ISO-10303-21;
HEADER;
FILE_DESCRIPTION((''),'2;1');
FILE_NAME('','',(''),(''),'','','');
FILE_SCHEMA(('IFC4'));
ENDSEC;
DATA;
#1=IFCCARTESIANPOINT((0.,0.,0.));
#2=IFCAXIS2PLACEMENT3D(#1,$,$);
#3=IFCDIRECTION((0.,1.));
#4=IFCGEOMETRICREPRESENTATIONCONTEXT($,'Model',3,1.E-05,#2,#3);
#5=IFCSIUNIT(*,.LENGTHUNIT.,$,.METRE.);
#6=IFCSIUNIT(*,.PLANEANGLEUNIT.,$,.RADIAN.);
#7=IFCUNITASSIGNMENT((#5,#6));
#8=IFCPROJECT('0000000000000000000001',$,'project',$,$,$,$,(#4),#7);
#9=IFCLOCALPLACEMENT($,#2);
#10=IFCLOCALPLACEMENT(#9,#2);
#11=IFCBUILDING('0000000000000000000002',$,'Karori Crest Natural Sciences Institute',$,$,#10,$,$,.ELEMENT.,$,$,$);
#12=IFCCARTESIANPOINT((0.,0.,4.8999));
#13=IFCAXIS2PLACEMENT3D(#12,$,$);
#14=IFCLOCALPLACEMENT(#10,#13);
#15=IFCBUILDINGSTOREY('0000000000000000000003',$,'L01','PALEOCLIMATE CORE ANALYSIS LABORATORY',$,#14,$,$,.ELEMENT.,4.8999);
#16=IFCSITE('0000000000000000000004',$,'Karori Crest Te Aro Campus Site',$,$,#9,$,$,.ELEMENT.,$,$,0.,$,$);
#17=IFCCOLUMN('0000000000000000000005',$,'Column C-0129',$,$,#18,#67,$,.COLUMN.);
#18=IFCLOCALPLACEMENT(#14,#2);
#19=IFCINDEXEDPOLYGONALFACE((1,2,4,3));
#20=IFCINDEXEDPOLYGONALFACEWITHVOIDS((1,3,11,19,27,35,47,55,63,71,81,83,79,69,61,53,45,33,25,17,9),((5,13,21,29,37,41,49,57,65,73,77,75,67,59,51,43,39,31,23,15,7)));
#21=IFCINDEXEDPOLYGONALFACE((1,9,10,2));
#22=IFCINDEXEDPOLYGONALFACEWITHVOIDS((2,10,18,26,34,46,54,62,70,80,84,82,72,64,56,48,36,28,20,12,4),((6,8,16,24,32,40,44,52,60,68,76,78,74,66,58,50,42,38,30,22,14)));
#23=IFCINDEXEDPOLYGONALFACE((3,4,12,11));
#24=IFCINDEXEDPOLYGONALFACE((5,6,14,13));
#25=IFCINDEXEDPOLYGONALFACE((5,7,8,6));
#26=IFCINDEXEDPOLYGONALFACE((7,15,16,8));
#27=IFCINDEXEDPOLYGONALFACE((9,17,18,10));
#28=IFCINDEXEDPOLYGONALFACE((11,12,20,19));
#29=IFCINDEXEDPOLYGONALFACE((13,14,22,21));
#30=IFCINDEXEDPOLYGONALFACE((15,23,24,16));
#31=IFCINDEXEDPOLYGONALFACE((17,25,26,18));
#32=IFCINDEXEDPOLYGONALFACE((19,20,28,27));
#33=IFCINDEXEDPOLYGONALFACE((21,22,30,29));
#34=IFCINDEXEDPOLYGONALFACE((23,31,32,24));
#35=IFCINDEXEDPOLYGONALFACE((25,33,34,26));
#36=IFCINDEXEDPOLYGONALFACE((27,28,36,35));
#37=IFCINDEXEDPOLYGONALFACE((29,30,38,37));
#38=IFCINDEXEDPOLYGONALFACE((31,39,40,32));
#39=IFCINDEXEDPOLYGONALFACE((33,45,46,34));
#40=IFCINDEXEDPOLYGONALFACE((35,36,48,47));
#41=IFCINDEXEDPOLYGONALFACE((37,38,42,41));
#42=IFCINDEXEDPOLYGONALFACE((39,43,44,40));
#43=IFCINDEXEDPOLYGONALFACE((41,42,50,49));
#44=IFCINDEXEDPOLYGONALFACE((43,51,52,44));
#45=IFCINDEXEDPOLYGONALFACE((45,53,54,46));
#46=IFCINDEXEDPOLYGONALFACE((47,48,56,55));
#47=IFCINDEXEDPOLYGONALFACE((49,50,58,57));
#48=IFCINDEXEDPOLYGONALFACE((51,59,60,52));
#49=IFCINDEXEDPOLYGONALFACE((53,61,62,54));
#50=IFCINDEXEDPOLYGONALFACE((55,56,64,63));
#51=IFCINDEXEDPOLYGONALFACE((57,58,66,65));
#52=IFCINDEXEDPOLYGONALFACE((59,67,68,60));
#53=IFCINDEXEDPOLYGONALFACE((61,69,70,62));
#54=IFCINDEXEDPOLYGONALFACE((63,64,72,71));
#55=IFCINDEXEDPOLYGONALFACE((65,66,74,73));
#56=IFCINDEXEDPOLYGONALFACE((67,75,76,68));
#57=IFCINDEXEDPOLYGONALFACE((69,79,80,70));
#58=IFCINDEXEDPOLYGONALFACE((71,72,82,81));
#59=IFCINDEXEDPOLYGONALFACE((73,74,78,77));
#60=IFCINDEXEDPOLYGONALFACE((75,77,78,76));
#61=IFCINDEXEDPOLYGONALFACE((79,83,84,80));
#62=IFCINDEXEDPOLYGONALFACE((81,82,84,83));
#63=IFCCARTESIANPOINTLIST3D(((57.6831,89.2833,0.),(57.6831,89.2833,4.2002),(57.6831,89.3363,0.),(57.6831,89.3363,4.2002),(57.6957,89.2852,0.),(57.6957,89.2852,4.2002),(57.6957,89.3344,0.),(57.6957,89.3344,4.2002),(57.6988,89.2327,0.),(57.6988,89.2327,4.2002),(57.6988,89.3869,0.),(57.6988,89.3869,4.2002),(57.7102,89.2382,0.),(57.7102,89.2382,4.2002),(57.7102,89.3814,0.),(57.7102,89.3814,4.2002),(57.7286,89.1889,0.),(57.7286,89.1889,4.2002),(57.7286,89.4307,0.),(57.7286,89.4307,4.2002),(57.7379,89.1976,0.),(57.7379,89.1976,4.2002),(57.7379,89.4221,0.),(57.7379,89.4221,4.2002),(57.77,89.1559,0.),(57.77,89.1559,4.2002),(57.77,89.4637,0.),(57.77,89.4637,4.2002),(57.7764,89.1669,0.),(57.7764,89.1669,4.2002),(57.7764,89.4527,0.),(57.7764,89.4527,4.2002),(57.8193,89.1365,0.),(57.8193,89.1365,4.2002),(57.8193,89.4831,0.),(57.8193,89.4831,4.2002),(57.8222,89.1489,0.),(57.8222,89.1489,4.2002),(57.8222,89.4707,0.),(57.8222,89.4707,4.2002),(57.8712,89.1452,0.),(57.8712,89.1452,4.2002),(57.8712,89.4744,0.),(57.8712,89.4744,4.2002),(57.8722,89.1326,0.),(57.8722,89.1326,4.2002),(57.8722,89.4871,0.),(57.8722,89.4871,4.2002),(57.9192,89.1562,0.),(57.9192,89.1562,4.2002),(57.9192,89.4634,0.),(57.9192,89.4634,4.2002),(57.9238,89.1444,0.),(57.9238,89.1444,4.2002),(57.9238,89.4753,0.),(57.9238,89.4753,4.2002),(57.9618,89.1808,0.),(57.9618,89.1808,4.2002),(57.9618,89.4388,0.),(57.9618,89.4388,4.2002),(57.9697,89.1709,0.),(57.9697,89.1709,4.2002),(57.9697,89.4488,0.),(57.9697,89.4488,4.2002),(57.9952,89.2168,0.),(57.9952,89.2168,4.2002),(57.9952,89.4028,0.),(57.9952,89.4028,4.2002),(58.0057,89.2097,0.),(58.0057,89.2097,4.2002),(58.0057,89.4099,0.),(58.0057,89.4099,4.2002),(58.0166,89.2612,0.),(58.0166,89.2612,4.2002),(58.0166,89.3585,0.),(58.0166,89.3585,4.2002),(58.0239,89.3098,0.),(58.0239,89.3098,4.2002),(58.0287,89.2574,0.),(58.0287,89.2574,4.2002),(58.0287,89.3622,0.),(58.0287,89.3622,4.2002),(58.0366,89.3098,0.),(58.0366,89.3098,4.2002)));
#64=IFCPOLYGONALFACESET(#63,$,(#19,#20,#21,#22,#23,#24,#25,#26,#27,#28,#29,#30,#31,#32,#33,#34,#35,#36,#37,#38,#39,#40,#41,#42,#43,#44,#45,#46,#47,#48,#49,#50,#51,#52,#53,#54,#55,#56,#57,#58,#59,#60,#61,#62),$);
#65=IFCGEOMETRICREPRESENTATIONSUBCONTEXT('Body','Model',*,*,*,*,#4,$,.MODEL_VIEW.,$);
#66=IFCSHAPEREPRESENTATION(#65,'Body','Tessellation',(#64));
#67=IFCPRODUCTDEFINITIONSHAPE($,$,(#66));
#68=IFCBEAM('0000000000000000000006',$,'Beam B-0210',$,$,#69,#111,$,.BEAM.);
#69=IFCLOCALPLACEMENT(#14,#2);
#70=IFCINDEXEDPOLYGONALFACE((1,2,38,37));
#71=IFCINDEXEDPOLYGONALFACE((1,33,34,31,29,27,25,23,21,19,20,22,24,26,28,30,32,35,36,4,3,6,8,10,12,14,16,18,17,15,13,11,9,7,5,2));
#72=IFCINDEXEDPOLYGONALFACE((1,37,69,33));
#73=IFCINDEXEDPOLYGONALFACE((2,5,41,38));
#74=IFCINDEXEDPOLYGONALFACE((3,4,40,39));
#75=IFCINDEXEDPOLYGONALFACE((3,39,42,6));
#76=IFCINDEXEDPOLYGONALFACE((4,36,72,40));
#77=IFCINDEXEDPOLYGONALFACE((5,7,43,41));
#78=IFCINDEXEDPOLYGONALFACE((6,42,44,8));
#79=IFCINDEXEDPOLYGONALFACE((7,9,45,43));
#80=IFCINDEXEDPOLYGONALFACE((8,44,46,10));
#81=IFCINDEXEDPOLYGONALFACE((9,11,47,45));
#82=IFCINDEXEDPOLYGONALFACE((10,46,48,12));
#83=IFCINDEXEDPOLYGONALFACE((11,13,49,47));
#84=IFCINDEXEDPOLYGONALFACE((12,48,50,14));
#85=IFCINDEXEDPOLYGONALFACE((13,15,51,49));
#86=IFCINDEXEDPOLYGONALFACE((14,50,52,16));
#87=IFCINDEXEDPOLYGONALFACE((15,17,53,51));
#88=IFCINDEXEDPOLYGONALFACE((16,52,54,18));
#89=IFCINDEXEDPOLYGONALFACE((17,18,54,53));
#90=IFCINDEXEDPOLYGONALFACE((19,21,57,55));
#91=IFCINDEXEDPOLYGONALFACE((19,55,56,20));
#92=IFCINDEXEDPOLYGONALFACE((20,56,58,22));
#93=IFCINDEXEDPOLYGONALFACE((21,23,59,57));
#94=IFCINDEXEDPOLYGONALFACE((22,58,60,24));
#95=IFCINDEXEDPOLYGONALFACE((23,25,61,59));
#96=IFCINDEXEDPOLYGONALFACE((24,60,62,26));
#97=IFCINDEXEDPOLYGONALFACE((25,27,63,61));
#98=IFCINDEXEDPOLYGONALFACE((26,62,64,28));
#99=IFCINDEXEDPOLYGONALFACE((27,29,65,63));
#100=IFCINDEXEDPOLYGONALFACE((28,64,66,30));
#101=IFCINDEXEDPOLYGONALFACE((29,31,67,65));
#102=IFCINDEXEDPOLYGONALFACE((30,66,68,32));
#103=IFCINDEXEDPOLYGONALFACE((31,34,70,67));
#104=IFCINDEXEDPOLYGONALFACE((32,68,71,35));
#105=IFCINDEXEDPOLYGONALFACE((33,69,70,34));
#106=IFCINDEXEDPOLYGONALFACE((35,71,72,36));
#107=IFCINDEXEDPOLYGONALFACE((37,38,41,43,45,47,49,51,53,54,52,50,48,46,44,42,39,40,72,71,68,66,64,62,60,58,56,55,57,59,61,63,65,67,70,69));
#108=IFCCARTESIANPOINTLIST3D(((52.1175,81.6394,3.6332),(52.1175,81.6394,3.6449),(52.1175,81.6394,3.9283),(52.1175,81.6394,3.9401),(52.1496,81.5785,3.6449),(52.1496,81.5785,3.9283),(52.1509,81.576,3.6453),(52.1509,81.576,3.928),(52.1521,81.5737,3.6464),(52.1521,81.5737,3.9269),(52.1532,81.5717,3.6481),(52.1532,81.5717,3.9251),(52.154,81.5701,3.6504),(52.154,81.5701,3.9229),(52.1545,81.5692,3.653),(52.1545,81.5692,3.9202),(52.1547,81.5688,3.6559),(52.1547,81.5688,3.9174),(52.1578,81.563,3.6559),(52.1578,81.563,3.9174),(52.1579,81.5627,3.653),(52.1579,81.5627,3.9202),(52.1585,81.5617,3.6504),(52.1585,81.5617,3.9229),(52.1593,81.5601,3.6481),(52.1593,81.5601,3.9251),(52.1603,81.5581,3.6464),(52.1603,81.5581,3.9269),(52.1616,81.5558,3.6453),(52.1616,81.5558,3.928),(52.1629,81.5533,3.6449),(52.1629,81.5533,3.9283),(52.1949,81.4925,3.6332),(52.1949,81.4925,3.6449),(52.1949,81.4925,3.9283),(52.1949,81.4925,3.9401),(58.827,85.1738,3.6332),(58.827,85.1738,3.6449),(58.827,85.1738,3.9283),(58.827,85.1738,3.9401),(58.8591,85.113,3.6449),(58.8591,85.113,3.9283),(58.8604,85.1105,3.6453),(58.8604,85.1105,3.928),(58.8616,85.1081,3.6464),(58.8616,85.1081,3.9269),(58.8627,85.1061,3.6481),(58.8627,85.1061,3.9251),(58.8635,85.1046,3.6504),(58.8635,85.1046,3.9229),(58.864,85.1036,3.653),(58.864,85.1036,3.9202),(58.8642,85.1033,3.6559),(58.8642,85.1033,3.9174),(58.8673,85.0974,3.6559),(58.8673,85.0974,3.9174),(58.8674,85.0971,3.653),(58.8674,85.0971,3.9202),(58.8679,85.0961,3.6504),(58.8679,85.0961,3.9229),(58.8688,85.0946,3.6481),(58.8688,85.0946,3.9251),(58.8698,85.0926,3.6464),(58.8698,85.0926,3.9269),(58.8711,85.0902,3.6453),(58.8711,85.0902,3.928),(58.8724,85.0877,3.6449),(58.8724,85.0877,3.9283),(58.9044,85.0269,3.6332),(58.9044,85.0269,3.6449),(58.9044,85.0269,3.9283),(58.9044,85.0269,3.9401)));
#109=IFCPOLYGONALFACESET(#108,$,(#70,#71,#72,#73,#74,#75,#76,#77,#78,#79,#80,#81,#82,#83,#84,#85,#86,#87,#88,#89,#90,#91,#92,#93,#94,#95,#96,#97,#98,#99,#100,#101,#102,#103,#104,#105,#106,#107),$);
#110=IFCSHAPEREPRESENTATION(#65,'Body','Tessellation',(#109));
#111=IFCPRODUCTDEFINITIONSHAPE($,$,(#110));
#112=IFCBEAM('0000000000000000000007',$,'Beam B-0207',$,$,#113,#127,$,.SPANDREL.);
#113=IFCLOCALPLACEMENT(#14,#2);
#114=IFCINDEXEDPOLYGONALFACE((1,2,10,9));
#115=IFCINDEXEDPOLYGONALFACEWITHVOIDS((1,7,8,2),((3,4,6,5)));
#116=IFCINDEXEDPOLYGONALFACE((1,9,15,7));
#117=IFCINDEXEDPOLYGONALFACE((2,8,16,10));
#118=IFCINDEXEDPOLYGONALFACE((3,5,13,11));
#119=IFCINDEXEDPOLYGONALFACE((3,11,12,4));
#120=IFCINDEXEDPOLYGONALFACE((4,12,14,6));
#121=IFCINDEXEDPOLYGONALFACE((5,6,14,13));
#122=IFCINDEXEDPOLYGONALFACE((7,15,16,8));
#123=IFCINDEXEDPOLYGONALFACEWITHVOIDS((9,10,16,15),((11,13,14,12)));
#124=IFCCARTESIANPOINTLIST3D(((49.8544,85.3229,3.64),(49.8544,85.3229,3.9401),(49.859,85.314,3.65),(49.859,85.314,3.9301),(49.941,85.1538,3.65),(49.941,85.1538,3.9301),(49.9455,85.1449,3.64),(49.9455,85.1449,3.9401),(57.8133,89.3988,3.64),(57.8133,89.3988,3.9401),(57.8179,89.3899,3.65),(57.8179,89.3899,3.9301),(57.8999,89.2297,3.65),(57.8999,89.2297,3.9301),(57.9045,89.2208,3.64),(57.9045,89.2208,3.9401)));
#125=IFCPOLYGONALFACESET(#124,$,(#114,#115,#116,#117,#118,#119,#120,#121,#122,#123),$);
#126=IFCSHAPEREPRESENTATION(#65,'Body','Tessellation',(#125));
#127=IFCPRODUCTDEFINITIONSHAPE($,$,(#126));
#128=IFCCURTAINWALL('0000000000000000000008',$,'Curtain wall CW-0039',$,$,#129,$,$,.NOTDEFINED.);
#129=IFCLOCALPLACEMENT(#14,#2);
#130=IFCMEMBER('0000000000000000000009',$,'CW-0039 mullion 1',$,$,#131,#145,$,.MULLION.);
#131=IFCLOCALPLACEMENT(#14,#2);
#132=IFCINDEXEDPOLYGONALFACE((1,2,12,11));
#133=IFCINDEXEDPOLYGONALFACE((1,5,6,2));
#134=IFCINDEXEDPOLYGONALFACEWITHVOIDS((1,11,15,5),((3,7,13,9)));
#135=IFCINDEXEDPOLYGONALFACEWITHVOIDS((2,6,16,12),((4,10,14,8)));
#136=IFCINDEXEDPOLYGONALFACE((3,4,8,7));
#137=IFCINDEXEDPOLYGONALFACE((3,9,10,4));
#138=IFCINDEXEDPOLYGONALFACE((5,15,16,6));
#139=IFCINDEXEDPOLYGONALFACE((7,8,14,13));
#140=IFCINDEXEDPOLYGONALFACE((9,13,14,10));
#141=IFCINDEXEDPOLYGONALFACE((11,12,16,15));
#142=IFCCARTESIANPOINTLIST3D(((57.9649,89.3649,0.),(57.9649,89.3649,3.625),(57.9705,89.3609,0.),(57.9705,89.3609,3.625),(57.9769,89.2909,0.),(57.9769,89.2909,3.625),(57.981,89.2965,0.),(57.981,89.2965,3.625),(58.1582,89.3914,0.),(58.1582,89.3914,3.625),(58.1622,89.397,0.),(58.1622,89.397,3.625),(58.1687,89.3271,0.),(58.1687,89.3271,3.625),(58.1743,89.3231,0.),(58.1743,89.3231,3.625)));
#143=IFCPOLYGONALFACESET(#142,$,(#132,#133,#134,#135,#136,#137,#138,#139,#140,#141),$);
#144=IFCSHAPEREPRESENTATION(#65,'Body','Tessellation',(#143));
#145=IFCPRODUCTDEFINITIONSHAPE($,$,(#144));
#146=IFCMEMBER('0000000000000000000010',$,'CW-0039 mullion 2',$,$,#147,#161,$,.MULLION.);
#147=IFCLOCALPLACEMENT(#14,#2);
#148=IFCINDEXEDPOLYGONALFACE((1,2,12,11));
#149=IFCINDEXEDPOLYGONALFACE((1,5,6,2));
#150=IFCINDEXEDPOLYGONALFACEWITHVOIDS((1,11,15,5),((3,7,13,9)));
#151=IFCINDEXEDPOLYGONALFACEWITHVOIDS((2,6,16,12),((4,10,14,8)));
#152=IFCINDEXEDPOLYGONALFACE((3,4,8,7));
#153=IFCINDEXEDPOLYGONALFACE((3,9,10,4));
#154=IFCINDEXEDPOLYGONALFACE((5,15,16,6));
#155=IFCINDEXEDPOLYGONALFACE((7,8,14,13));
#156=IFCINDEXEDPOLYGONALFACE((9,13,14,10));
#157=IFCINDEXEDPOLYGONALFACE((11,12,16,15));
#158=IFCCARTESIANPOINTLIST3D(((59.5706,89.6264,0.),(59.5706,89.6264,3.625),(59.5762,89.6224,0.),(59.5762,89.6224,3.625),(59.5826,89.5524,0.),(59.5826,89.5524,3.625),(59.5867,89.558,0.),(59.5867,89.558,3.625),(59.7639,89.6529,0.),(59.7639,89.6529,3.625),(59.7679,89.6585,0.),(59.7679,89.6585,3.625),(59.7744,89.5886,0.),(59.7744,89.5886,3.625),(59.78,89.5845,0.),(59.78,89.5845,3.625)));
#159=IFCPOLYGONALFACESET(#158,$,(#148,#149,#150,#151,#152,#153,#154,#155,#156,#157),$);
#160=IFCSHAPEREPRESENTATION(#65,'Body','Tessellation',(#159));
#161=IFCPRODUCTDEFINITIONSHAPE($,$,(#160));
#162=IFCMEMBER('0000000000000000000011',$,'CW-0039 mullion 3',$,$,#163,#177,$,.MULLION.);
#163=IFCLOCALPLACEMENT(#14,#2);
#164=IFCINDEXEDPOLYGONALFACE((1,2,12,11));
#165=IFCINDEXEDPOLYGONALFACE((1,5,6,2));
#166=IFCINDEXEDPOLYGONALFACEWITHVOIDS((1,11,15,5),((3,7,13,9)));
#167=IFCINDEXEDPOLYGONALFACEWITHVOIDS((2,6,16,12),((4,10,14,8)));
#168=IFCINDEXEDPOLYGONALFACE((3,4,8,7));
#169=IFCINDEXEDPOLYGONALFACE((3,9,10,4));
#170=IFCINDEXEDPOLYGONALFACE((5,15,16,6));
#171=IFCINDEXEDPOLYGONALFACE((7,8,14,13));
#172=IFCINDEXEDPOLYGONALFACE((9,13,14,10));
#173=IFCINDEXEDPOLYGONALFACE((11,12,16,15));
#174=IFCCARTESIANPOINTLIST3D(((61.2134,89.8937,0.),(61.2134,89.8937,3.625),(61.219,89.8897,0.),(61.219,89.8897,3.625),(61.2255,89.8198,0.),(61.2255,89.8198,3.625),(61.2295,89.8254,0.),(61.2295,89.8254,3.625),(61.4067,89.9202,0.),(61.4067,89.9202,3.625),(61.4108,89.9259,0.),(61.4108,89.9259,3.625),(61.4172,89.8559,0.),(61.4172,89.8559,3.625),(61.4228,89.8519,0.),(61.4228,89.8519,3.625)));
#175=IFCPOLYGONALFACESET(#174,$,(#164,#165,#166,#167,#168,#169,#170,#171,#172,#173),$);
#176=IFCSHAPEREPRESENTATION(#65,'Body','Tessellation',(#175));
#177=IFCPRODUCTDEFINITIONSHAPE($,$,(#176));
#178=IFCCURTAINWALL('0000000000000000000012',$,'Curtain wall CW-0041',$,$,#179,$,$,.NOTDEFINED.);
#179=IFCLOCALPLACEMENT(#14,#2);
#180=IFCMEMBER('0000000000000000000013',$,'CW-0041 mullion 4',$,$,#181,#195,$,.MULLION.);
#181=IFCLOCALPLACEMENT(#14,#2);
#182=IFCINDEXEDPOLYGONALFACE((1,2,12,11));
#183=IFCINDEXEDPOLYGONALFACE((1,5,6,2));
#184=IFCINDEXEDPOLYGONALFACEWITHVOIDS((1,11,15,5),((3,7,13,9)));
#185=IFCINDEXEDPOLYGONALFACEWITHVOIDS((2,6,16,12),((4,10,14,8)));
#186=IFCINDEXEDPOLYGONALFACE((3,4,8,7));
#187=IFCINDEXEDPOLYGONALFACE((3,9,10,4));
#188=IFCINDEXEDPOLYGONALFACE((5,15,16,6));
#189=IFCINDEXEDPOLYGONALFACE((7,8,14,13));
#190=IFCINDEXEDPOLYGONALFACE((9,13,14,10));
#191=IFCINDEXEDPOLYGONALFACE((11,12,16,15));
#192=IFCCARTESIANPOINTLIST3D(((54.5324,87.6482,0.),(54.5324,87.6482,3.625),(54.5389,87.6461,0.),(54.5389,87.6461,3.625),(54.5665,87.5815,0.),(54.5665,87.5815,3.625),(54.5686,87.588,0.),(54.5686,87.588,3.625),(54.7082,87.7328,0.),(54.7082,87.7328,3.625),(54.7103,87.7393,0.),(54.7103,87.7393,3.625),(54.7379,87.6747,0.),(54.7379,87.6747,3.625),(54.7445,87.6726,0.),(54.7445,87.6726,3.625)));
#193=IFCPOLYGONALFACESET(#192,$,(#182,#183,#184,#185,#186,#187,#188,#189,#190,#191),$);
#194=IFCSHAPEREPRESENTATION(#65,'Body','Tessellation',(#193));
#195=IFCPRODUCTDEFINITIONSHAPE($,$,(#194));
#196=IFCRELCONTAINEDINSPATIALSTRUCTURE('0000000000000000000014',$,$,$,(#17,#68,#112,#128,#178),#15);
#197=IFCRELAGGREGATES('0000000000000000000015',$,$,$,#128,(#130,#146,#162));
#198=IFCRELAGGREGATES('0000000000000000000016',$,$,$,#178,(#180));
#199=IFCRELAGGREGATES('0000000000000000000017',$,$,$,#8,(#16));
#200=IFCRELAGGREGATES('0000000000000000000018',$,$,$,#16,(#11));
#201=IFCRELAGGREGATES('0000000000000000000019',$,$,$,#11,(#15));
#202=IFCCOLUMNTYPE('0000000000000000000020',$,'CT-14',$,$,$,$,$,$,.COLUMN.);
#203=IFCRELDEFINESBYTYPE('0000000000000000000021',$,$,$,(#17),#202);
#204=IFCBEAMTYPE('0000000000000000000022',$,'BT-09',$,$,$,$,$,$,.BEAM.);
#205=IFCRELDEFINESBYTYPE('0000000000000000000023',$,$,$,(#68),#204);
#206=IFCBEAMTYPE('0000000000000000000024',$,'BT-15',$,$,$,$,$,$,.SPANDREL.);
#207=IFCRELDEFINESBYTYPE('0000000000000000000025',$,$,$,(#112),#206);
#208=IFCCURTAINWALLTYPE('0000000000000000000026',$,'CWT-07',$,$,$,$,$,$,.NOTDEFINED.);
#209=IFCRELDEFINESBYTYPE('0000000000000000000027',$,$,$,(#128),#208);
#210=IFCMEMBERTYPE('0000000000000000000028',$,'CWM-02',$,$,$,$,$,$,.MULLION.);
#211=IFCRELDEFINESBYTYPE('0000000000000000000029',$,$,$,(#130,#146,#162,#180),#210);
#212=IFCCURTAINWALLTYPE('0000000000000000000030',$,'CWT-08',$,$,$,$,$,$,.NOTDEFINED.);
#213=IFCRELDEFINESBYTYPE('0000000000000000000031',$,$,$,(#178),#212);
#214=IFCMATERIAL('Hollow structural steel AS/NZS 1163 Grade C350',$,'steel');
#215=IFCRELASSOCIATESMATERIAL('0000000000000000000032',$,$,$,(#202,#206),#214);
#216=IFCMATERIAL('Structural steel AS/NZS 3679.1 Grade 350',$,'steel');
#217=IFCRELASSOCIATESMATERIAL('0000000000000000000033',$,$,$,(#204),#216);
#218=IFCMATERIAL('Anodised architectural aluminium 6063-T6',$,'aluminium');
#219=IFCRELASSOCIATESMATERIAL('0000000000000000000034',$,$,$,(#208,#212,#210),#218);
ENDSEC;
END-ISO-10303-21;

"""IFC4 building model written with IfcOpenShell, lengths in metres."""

from ifc_helpers import new_model, si_unit, direction, frame, origin, origin_2d, place, context, subcontext, project, spatial, hollow_rectangle, hollow_circle, i_section, extrude, material, material_profile, profile_set, type_object, element, aggregate, save


model = new_model("IFC4")

# Units and contexts
model_context = context("Model", 3, precision=1e-05, world=origin(), true_north=direction((0.0, 1.0)))
body_context = subcontext(model_context, "Body", "Model", "MODEL_VIEW")
ifc_project = project(units=[si_unit("LENGTHUNIT", "METRE"), si_unit("PLANEANGLEUNIT", "RADIAN")], contexts=[model_context])

# Site, building, storey
site_placement = place(None, origin())
site = spatial("IfcSite", under=ifc_project, at=site_placement, Name="Karori Crest Te Aro Campus Site", CompositionType="ELEMENT", RefElevation=0.0)
building_placement = place(site_placement, origin())
building = spatial("IfcBuilding", under=site, at=building_placement, Name="Karori Crest Natural Sciences Institute", CompositionType="ELEMENT")
storey_placement = place(building_placement, frame((0.0, 0.0, 4.8999)))
storey = spatial("IfcBuildingStorey", under=building, at=storey_placement, Name="L01", Description="PALEOCLIMATE CORE ANALYSIS LABORATORY", CompositionType="ELEMENT", Elevation=4.8999)

# Column
ifc_material_1 = material(Name="Hollow structural steel AS/NZS 1163 Grade C350", Category="steel")
ifc_material_profile_1 = material_profile(ifc_material_1, hollow_circle(Radius=0.1777, WallThickness=0.0127, at=origin_2d()), Name="CHS355.6x12.7")
ifc_profile_set_1 = profile_set([ifc_material_profile_1], Name="Hollow structural steel AS/NZS 1163 Grade C350")
column_type = type_object("IfcColumnType", Name="CT-14", PredefinedType="COLUMN", material=ifc_profile_set_1)
column_placement = place(storey_placement, frame((57.8589, 89.3098, 0.0), z_axis=(0.0, 0.0, 1.0), x_axis=(1.0, 0.0, 0.0)))
element("IfcColumn", 1, at=column_placement, inside=storey, type_object=column_type, Name="Column C-0129", PredefinedType="COLUMN", context=body_context, shape_type="SweptSolid", body=[
    extrude(hollow_circle(Radius=0.1777, WallThickness=0.0127, at=origin_2d()), origin(), (0.0, 0.0, 1.0), 4.2002),
])

# Beams
ifc_material_2 = material(Name="Structural steel AS/NZS 3679.1 Grade 350", Category="steel")
ifc_material_profile_2 = material_profile(ifc_material_2, i_section(OverallWidth=0.166, OverallDepth=0.3069, WebThickness=0.0066, FlangeThickness=0.0117, FilletRadius=0.011, at=origin_2d()), Name="310UB46.2")
ifc_profile_set_2 = profile_set([ifc_material_profile_2], Name="Structural steel AS/NZS 3679.1 Grade 350")
beam_type_1 = type_object("IfcBeamType", Name="BT-09", PredefinedType="BEAM", material=ifc_profile_set_2)
beam_1_placement = place(storey_placement, frame((58.8657, 85.1003, 3.7866), z_axis=(-0.884748, -0.466069, 0.0), x_axis=(0.466069, -0.884748, 0.0)))
element("IfcBeam", 2, at=beam_1_placement, inside=storey, type_object=beam_type_1, Name="Beam B-0210", PredefinedType="BEAM", context=body_context, shape_type="SweptSolid", body=[
    extrude(i_section(OverallWidth=0.166, OverallDepth=0.3069, WebThickness=0.0066, FlangeThickness=0.0117, FilletRadius=0.011, at=origin_2d()), origin(), (0.0, 0.0, 1.0), 7.5835),
])
ifc_material_profile_3 = material_profile(ifc_material_1, hollow_rectangle(XDim=0.2, YDim=0.3, WallThickness=0.01, at=origin_2d()), Name="RHS300x200x10")
ifc_profile_set_3 = profile_set([ifc_material_profile_3], Name="Hollow structural steel AS/NZS 1163 Grade C350")
beam_type_2 = type_object("IfcBeamType", Name="BT-15", PredefinedType="SPANDREL", material=ifc_profile_set_3)
beam_2_placement = place(storey_placement, frame((57.8589, 89.3098, 3.79), z_axis=(-0.890072, -0.45582, 0.0), x_axis=(0.45582, -0.890072, 0.0)))
element("IfcBeam", 3, at=beam_2_placement, inside=storey, type_object=beam_type_2, Name="Beam B-0207", PredefinedType="SPANDREL", context=body_context, shape_type="SweptSolid", body=[
    extrude(hollow_rectangle(XDim=0.2, YDim=0.3, WallThickness=0.01, at=origin_2d()), origin(), (0.0, 0.0, 1.0), 8.9419),
])

# Curtain walls, members
ifc_material_3 = material(Name="Anodised architectural aluminium 6063-T6", Category="aluminium")
curtain_wall_type_1 = type_object("IfcCurtainWallType", Name="CWT-07", PredefinedType="NOTDEFINED", material=ifc_material_3)
curtain_wall_1_placement = place(storey_placement, origin())
curtain_wall_1 = element("IfcCurtainWall", 4, at=curtain_wall_1_placement, inside=storey, type_object=curtain_wall_type_1, Name="Curtain wall CW-0039", PredefinedType="NOTDEFINED")
ifc_material_profile_4 = material_profile(ifc_material_3, hollow_rectangle(XDim=0.075, YDim=0.2, WallThickness=0.0049, at=origin_2d()), Name="CWM200x75x5")
ifc_profile_set_4 = profile_set([ifc_material_profile_4], Name="Anodised architectural aluminium 6063-T6")
member_type_1 = type_object("IfcMemberType", Name="CWM-02", PredefinedType="MULLION", material=ifc_profile_set_4)
member_1_placement = place(storey_placement, frame((58.0696, 89.344, 0.0), z_axis=(0.0, 0.0, 1.0), x_axis=(-0.160657, 0.98701, 0.0)))
member_1 = element("IfcMember", 5, at=member_1_placement, type_object=member_type_1, Name="CW-0039 mullion 1", PredefinedType="MULLION", context=body_context, shape_type="SweptSolid", body=[
    extrude(hollow_rectangle(XDim=0.075, YDim=0.2, WallThickness=0.0049, at=origin_2d()), origin(), (0.0, 0.0, 1.0), 3.625),
])
member_2_placement = place(storey_placement, frame((59.6753, 89.6055, 0.0), z_axis=(0.0, 0.0, 1.0), x_axis=(-0.160657, 0.98701, 0.0)))
member_2 = element("IfcMember", 6, at=member_2_placement, type_object=member_type_1, Name="CW-0039 mullion 2", PredefinedType="MULLION", context=body_context, shape_type="SweptSolid", body=[
    extrude(hollow_rectangle(XDim=0.075, YDim=0.2, WallThickness=0.0049, at=origin_2d()), origin(), (0.0, 0.0, 1.0), 3.625),
])
member_3_placement = place(storey_placement, frame((61.3181, 89.8728, 0.0), z_axis=(0.0, 0.0, 1.0), x_axis=(-0.160657, 0.98701, 0.0)))
member_3 = element("IfcMember", 7, at=member_3_placement, type_object=member_type_1, Name="CW-0039 mullion 3", PredefinedType="MULLION", context=body_context, shape_type="SweptSolid", body=[
    extrude(hollow_rectangle(XDim=0.075, YDim=0.2, WallThickness=0.0049, at=origin_2d()), origin(), (0.0, 0.0, 1.0), 3.625),
])
curtain_wall_type_2 = type_object("IfcCurtainWallType", Name="CWT-08", PredefinedType="NOTDEFINED", material=ifc_material_3)
curtain_wall_2_placement = place(storey_placement, origin())
curtain_wall_2 = element("IfcCurtainWall", 8, at=curtain_wall_2_placement, inside=storey, type_object=curtain_wall_type_2, Name="Curtain wall CW-0041", PredefinedType="NOTDEFINED")
member_4_placement = place(storey_placement, frame((54.6384, 87.6604, 0.0), z_axis=(0.0, 0.0, 1.0), x_axis=(-0.455833, 0.890065, 0.0)))
member_4 = element("IfcMember", 9, at=member_4_placement, type_object=member_type_1, Name="CW-0041 mullion 4", PredefinedType="MULLION", context=body_context, shape_type="SweptSolid", body=[
    extrude(hollow_rectangle(XDim=0.075, YDim=0.2, WallThickness=0.0049, at=origin_2d()), origin(), (0.0, 0.0, 1.0), 3.625),
])

aggregate(curtain_wall_1, [member_1, member_2, member_3])
aggregate(curtain_wall_2, [member_4])

save(model, "model.ifc")
